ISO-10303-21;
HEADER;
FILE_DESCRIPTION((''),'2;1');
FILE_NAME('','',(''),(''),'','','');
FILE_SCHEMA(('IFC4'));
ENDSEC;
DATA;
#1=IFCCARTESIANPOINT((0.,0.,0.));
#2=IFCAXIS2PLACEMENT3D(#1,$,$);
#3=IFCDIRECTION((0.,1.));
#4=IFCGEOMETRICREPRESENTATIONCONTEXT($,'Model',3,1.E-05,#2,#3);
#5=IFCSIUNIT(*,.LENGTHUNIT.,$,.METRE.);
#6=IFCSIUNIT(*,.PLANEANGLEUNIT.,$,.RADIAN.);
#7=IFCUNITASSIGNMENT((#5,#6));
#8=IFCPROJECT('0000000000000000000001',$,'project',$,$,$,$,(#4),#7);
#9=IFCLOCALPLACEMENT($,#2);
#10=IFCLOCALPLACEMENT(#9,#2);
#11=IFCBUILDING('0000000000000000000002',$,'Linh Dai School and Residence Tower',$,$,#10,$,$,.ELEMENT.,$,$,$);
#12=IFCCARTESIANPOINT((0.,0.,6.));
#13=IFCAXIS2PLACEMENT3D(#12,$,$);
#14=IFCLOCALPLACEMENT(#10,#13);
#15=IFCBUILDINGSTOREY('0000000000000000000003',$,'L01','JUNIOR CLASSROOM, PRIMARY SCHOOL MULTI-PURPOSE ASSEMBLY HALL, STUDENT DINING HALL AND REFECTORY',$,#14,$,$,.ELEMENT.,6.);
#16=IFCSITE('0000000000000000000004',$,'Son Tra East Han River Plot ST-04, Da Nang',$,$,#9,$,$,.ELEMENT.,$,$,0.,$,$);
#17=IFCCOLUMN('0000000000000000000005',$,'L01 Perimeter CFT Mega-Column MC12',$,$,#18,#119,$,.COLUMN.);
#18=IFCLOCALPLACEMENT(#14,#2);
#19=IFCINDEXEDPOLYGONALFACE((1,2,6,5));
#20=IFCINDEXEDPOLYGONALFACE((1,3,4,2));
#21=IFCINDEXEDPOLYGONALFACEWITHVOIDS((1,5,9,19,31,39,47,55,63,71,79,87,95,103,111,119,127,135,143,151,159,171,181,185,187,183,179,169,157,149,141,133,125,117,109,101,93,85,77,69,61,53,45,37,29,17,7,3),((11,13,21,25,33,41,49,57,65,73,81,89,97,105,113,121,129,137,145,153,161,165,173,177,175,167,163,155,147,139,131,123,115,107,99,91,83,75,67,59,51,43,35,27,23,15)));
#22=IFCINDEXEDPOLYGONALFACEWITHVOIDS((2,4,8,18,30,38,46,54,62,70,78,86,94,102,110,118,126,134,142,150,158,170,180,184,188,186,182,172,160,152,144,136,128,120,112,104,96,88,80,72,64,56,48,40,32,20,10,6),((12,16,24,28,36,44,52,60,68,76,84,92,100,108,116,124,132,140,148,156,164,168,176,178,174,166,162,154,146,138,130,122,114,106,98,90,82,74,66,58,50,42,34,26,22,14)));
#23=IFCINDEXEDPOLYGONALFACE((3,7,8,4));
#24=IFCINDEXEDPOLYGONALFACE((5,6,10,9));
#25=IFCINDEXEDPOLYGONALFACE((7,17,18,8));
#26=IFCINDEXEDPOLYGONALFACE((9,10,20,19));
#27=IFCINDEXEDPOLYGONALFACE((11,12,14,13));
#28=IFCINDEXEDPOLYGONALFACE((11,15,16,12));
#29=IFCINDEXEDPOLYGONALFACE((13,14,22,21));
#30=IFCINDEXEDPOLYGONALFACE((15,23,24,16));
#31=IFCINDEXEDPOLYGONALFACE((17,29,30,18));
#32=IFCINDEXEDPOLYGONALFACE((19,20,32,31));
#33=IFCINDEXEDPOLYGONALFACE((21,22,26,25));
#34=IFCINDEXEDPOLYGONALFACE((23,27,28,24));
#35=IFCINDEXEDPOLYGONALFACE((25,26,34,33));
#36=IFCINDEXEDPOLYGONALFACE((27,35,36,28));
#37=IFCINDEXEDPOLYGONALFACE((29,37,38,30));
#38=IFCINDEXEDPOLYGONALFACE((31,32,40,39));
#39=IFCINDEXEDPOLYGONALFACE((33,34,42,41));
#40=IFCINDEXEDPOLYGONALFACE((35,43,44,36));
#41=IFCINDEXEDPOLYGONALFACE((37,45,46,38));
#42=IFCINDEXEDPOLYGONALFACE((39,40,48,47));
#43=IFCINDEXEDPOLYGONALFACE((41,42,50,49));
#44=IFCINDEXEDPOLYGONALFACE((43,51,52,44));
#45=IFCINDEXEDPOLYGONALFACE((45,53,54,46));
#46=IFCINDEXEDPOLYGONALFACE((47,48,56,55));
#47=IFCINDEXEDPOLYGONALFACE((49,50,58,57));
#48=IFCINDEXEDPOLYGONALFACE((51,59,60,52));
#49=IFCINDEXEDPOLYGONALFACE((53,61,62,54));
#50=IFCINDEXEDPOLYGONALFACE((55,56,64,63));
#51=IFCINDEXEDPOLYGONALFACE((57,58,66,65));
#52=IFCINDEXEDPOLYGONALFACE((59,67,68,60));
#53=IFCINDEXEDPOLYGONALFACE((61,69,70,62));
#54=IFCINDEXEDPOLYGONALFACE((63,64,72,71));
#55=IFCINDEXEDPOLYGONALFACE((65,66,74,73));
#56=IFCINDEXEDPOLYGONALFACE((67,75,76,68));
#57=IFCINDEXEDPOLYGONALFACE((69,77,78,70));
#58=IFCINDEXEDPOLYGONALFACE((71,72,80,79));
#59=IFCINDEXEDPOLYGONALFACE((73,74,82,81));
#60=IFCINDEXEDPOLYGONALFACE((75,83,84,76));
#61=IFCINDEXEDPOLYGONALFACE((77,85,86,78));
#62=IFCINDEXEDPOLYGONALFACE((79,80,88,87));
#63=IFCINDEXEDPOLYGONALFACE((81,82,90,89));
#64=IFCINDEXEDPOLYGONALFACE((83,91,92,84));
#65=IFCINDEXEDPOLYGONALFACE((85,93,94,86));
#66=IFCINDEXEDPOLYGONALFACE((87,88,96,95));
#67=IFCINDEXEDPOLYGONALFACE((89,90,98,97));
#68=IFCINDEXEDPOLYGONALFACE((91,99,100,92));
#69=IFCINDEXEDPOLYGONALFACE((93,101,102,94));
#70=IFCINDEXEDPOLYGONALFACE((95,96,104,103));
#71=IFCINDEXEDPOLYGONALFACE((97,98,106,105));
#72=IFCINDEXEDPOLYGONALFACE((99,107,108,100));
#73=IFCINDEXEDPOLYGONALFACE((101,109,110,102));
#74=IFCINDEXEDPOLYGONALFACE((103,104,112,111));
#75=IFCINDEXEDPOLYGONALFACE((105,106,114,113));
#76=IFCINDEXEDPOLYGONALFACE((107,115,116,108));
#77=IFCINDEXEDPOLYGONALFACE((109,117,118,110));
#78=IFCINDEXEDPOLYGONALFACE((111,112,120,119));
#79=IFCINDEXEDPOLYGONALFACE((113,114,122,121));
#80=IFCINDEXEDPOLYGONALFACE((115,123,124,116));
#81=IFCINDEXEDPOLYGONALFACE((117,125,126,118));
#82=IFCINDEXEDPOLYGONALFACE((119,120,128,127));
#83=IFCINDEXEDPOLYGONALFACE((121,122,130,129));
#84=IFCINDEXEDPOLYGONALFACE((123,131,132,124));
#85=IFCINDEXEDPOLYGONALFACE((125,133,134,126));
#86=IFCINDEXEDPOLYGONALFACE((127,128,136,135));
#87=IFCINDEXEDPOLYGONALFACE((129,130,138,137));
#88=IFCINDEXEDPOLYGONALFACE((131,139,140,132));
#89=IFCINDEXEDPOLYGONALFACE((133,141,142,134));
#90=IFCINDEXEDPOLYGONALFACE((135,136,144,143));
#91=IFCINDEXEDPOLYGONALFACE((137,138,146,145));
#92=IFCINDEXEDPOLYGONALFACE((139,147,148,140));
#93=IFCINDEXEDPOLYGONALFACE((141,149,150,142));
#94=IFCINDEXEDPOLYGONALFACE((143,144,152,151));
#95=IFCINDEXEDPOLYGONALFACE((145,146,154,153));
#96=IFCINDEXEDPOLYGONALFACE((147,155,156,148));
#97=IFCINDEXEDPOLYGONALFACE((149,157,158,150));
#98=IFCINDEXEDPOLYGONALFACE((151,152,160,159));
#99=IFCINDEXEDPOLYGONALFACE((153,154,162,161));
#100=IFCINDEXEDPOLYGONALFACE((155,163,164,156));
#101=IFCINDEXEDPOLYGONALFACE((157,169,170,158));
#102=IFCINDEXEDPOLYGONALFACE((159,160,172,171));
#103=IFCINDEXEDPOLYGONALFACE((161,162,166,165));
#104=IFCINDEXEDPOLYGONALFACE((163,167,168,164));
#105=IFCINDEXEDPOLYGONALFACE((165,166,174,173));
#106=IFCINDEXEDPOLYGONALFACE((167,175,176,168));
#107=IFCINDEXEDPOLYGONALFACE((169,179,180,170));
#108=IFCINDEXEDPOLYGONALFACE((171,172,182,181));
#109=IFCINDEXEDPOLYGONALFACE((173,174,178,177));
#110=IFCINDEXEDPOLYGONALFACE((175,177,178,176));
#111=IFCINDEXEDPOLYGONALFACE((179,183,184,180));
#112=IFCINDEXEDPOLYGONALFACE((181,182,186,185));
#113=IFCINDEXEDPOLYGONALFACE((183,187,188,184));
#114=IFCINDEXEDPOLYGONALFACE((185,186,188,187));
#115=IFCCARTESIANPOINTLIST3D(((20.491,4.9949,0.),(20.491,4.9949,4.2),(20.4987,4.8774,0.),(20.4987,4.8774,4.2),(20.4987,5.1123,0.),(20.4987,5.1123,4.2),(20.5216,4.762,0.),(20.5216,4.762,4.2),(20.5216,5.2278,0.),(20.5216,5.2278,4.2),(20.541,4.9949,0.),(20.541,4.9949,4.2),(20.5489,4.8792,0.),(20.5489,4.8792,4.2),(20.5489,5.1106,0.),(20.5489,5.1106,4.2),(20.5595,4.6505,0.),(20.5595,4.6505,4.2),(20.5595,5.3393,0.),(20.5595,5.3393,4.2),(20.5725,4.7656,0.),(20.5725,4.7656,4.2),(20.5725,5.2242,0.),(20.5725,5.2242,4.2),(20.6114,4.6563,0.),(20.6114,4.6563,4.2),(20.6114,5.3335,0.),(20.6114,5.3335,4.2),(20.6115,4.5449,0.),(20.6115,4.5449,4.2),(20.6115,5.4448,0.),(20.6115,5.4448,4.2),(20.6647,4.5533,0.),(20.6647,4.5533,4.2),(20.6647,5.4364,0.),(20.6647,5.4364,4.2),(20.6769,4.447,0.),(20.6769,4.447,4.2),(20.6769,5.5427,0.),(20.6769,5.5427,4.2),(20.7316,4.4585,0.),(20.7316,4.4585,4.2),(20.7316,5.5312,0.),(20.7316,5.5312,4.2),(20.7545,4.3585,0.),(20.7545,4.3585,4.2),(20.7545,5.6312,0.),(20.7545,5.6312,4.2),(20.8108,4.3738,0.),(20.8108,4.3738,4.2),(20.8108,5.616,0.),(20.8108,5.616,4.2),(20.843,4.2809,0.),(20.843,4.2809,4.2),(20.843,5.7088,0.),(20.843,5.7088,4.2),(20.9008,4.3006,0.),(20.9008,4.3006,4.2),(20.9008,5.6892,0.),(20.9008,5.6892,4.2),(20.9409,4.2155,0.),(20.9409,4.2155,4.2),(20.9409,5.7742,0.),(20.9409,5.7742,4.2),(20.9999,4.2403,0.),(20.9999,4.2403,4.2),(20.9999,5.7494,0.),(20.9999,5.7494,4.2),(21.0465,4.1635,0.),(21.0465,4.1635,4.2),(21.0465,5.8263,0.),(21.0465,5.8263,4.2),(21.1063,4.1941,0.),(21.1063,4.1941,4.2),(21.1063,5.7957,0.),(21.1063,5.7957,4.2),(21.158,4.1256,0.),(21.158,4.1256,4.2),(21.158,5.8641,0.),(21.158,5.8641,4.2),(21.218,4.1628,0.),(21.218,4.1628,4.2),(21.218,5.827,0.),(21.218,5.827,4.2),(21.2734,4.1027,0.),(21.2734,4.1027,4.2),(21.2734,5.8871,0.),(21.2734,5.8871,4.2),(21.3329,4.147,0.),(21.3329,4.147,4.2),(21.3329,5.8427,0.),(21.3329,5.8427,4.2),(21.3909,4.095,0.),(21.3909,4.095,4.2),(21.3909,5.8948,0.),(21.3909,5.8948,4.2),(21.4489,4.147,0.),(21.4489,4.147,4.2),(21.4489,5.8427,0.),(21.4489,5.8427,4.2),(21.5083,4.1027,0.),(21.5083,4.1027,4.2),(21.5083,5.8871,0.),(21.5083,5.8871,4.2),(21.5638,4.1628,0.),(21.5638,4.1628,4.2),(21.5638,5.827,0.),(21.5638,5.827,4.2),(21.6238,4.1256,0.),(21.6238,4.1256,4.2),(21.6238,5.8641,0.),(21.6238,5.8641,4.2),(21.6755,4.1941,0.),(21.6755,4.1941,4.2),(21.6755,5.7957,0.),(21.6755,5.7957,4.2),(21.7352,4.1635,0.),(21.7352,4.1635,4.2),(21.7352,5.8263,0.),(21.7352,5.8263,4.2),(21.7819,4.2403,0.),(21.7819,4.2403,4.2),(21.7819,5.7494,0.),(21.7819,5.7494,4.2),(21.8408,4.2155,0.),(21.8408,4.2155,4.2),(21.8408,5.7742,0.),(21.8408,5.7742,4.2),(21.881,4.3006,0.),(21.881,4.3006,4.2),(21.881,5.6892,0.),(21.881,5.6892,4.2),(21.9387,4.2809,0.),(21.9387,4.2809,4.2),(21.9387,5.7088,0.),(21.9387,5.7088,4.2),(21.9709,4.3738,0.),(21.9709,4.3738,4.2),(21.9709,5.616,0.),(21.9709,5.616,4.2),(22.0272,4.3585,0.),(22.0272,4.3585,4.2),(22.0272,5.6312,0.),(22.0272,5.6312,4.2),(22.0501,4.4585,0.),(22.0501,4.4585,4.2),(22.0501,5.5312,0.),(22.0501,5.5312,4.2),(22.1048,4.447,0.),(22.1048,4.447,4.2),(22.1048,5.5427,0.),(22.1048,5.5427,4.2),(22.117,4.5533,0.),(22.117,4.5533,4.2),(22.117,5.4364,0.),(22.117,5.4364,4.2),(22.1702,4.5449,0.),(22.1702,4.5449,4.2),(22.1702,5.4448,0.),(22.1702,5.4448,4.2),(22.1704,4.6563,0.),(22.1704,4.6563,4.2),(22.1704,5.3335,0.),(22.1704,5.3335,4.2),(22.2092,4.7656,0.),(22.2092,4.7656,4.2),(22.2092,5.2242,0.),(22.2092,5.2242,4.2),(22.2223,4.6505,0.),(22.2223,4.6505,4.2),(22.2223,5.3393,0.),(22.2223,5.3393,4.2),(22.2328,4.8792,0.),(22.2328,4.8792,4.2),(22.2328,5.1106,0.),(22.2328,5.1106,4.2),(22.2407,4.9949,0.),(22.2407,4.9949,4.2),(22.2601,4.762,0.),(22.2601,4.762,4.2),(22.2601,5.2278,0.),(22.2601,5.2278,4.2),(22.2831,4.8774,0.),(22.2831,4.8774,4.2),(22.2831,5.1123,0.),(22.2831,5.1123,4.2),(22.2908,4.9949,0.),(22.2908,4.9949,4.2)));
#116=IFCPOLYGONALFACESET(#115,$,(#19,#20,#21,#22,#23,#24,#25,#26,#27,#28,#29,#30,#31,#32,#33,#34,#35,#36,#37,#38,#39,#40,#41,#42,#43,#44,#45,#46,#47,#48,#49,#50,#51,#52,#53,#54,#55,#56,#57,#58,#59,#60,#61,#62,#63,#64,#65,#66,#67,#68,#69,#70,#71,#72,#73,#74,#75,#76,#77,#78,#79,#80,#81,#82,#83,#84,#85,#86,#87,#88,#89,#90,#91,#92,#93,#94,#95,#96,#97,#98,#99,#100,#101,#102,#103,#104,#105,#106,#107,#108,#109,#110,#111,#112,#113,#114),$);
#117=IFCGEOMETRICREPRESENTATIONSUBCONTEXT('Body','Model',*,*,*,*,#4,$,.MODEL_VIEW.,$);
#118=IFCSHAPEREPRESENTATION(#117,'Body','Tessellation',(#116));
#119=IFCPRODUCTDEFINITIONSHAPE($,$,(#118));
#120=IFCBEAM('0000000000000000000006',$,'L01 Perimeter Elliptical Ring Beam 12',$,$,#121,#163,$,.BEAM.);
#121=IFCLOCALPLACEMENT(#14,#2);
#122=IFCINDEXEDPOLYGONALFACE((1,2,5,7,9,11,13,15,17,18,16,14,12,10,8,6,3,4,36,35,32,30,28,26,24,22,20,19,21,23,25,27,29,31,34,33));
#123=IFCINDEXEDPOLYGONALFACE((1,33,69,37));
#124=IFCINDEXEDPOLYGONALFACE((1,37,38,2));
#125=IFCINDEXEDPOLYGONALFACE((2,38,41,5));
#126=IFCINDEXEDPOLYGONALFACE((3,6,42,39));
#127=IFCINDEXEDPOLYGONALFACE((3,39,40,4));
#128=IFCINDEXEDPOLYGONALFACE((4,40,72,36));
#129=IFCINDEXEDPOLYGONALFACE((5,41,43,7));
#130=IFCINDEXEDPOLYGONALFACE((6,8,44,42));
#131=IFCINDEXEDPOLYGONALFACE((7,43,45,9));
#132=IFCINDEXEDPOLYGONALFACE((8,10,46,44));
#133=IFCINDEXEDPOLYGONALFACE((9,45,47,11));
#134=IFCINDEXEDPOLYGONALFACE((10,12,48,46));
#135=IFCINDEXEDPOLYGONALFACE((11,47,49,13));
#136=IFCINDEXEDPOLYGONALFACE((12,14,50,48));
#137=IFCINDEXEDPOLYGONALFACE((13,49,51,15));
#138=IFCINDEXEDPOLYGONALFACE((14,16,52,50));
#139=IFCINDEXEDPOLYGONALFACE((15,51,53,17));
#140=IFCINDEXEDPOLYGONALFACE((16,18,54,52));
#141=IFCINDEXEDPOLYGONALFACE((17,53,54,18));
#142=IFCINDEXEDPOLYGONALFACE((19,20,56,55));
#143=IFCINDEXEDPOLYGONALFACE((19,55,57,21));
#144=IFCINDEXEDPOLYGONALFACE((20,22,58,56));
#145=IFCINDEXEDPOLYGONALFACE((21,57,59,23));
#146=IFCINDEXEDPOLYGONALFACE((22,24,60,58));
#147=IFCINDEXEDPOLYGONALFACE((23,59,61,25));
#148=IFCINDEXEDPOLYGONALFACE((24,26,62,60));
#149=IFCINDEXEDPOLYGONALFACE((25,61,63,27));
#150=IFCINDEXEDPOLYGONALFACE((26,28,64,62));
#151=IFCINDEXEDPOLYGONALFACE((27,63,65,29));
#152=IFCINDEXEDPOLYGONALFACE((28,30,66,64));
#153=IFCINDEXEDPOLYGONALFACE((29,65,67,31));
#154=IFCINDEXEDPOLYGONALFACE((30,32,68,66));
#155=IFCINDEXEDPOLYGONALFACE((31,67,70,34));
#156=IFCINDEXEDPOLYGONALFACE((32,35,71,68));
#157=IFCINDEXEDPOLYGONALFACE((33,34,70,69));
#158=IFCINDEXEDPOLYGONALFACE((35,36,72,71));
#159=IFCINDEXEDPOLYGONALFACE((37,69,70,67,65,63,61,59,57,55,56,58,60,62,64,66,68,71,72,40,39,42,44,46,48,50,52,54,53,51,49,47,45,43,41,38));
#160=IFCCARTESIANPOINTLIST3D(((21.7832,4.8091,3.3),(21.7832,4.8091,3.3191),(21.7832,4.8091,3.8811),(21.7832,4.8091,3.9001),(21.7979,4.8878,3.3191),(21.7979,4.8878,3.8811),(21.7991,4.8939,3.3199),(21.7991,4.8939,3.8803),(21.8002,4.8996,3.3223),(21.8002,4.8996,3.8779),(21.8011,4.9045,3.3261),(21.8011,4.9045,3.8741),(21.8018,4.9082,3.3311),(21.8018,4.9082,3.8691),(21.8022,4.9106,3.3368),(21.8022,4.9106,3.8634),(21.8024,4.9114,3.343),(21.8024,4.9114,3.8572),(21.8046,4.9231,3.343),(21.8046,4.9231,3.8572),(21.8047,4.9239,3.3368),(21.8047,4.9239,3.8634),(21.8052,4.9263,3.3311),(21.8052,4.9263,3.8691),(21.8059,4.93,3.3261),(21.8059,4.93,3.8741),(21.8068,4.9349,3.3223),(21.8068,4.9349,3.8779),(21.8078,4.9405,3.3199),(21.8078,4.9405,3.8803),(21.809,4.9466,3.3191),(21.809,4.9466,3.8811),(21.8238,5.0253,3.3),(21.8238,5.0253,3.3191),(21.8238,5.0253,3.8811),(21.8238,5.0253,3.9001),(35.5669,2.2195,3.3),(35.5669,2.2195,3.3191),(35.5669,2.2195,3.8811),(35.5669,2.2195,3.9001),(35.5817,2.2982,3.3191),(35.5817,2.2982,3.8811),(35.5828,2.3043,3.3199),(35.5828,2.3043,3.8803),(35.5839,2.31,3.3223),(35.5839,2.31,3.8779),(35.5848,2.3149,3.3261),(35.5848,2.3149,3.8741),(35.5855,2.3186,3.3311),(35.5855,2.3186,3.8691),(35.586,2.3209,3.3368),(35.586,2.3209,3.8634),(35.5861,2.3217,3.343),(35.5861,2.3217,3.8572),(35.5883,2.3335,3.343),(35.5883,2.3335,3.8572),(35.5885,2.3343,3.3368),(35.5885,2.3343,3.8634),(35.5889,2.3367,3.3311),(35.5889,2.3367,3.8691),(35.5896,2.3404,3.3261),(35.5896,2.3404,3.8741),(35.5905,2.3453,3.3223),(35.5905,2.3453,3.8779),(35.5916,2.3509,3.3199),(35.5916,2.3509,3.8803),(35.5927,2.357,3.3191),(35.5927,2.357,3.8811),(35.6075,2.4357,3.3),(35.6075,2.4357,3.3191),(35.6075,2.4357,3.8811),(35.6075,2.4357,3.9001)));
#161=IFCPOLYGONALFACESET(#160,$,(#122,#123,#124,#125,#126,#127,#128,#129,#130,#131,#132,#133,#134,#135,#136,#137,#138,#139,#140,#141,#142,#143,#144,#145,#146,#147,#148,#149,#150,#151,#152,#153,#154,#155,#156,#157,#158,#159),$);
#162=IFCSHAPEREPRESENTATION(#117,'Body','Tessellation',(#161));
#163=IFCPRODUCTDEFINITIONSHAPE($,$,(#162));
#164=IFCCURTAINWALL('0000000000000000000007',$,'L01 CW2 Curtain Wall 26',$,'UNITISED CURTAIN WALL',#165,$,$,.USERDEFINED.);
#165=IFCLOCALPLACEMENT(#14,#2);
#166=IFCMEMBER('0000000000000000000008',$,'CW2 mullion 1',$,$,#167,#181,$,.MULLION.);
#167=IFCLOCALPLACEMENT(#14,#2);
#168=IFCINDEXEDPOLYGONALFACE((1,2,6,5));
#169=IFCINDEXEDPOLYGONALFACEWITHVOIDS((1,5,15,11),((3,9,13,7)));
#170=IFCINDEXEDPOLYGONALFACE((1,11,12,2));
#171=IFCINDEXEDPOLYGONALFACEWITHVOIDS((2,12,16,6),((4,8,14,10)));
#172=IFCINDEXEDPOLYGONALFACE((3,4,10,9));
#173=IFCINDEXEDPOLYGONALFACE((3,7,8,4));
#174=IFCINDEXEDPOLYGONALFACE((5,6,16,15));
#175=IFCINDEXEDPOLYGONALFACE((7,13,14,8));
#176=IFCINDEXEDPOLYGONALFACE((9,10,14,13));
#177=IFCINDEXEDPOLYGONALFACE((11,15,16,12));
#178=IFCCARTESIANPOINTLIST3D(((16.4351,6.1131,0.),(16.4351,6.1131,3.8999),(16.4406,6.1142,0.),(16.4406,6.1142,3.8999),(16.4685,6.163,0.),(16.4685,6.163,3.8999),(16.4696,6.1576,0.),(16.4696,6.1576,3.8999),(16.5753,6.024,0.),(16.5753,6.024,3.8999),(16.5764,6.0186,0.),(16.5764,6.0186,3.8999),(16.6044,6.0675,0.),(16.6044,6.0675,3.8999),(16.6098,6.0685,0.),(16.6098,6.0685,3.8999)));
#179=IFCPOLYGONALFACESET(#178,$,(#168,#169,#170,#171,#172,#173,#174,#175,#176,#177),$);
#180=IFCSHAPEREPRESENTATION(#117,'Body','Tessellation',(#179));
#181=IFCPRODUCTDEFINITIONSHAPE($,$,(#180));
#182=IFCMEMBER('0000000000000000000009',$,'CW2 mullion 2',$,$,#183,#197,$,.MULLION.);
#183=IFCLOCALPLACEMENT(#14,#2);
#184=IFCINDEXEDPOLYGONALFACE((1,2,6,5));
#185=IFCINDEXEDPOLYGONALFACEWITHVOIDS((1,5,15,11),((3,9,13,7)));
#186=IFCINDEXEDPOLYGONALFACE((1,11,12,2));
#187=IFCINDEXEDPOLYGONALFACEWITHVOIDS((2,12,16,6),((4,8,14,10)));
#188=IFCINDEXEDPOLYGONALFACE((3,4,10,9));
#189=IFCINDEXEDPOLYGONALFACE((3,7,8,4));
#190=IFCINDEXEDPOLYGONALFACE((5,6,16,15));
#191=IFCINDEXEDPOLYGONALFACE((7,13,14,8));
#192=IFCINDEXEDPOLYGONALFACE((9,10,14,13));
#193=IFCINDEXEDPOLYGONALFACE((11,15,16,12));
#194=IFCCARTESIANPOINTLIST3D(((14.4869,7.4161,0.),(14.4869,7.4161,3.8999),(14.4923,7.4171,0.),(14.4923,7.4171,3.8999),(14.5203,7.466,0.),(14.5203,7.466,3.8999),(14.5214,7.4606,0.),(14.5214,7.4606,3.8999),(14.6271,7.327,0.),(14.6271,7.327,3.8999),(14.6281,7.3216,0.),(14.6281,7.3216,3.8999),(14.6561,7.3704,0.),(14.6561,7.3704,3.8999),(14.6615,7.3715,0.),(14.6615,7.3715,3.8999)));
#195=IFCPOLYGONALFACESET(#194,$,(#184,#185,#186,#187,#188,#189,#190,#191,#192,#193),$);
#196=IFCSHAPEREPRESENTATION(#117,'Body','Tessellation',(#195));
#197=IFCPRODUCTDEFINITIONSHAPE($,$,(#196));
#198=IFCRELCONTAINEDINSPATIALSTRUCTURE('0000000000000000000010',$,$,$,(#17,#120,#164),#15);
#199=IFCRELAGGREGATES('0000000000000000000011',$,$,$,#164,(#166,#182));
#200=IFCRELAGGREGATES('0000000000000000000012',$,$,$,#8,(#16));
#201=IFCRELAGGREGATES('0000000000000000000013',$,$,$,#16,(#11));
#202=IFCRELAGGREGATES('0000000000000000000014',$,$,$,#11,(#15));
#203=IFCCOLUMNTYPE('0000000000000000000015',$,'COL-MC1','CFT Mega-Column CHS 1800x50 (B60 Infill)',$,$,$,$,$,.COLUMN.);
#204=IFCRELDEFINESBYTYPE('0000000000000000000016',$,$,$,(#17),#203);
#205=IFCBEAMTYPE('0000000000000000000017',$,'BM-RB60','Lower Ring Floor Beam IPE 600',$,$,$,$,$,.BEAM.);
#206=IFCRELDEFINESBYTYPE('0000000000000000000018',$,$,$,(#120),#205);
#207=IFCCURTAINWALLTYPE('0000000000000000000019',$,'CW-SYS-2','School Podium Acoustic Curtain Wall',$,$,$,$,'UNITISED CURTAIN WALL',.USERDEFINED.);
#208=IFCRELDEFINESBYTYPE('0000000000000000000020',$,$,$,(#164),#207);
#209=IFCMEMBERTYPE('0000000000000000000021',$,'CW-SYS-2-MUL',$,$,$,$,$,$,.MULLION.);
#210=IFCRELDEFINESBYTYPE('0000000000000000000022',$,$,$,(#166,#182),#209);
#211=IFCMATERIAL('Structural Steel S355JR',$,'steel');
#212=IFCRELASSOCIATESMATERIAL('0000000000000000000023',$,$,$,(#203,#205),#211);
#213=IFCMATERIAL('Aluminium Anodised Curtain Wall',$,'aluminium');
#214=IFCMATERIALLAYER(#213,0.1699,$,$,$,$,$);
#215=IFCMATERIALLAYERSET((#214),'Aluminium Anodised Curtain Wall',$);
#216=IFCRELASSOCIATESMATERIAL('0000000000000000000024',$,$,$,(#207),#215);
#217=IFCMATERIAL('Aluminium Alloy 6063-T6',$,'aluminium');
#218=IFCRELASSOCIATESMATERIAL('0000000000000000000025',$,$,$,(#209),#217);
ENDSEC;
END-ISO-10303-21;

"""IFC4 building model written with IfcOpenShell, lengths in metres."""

from ifc_helpers import new_model, si_unit, direction, frame, origin, origin_2d, place, context, subcontext, project, spatial, hollow_rectangle, hollow_circle, i_section, extrude, source, transform, mapped, material, layer, layer_set, material_profile, profile_set, type_object, element, aggregate, save


model = new_model("IFC4")

# Units and contexts
model_context = context("Model", 3, precision=1e-05, world=origin(), true_north=direction((0.0, 1.0)))
body_context = subcontext(model_context, "Body", "Model", "MODEL_VIEW")
ifc_project = project(units=[si_unit("LENGTHUNIT", "METRE"), si_unit("PLANEANGLEUNIT", "RADIAN")], contexts=[model_context])

# Site, building, storey
site_placement = place(None, origin())
site = spatial("IfcSite", under=ifc_project, at=site_placement, Name="Son Tra East Han River Plot ST-04, Da Nang", CompositionType="ELEMENT", RefElevation=0.0)
building_placement = place(site_placement, origin())
building = spatial("IfcBuilding", under=site, at=building_placement, Name="Linh Dai School and Residence Tower", CompositionType="ELEMENT")
storey_placement = place(building_placement, frame((0.0, 0.0, 6.0)))
storey = spatial("IfcBuildingStorey", under=building, at=storey_placement, Name="L01", Description="JUNIOR CLASSROOM, PRIMARY SCHOOL MULTI-PURPOSE ASSEMBLY HALL, STUDENT DINING HALL AND REFECTORY", CompositionType="ELEMENT", Elevation=6.0)

# Column
ifc_material_1 = material(Name="Structural Steel S355JR", Category="steel")
ifc_material_profile_1 = material_profile(ifc_material_1, hollow_circle(Radius=0.8999, WallThickness=0.05, at=origin_2d()), Name="CHS 1800x50")
ifc_profile_set_1 = profile_set([ifc_material_profile_1], Name="Structural Steel S355JR")
column_type = type_object("IfcColumnType", Name="COL-MC1", Description="CFT Mega-Column CHS 1800x50 (B60 Infill)", PredefinedType="COLUMN", material=ifc_profile_set_1)
column_placement = place(storey_placement, frame((21.3909, 4.9949, 0.0), z_axis=(0.0, 0.0, 1.0), x_axis=(1.0, 0.0, 0.0)))
element("IfcColumn", 1, at=column_placement, inside=storey, type_object=column_type, Name="L01 Perimeter CFT Mega-Column MC12", PredefinedType="COLUMN", context=body_context, shape_type="SweptSolid", body=[
    extrude(hollow_circle(Radius=0.8999, WallThickness=0.05, at=origin_2d()), origin(), (0.0, 0.0, 1.0), 4.2),
])

# Beam
ifc_material_profile_2 = material_profile(ifc_material_1, i_section(OverallWidth=0.22, OverallDepth=0.6001, WebThickness=0.012, FlangeThickness=0.019, FilletRadius=0.0239, at=origin_2d()), Name="IPE 600")
ifc_profile_set_2 = profile_set([ifc_material_profile_2], Name="Structural Steel S355JR")
beam_type = type_object("IfcBeamType", Name="BM-RB60", Description="Lower Ring Floor Beam IPE 600", PredefinedType="BEAM", material=ifc_profile_set_2)
beam_placement = place(storey_placement, frame((21.8035, 4.9172, 3.6001), z_axis=(0.982806, -0.184644, 0.0), x_axis=(0.184644, 0.982806, 0.0)))
element("IfcBeam", 2, at=beam_placement, inside=storey, type_object=beam_type, Name="L01 Perimeter Elliptical Ring Beam 12", PredefinedType="BEAM", context=body_context, shape_type="SweptSolid", body=[
    extrude(i_section(OverallWidth=0.22, OverallDepth=0.6001, WebThickness=0.012, FlangeThickness=0.019, FilletRadius=0.0239, at=origin_2d()), origin(), (0.0, 0.0, 1.0), 14.0249),
])

# Curtain wall, members
ifc_material_2 = material(Name="Aluminium Anodised Curtain Wall", Category="aluminium")
ifc_layer_1 = layer(ifc_material_2, 0.1699)
ifc_layer_set_1 = layer_set([ifc_layer_1], Name="Aluminium Anodised Curtain Wall")
curtain_wall_type = type_object("IfcCurtainWallType", Name="CW-SYS-2", Description="School Podium Acoustic Curtain Wall", ElementType="UNITISED CURTAIN WALL", PredefinedType="USERDEFINED", material=ifc_layer_set_1)
curtain_wall_placement = place(storey_placement, origin())
curtain_wall = element("IfcCurtainWall", 3, at=curtain_wall_placement, inside=storey, type_object=curtain_wall_type, Name="L01 CW2 Curtain Wall 26", ObjectType="UNITISED CURTAIN WALL", PredefinedType="USERDEFINED")
ifc_material_3 = material(Name="Aluminium Alloy 6063-T6", Category="aluminium")
ifc_material_profile_3 = material_profile(ifc_material_3, hollow_rectangle(XDim=0.0601, YDim=0.1699, WallThickness=0.0039, at=origin_2d()), Name="RHS 170x60x4")
ifc_profile_set_3 = profile_set([ifc_material_profile_3], Name="Aluminium Alloy 6063-T6")
member_type_1 = type_object("IfcMemberType", Name="CW-SYS-2-MUL", PredefinedType="MULLION", material=ifc_profile_set_3)
shared_shape_1 = source(origin(), body_context, "Body", "SweptSolid", [
    extrude(hollow_rectangle(XDim=0.0601, YDim=0.1699, WallThickness=0.0039, at=origin_2d()), origin(), (0.0, 0.0, 1.0), 3.8999),
])
member_1_placement = place(storey_placement, frame((16.5225, 6.0908, 0.0), z_axis=(0.0, 0.0, 1.0), x_axis=(-0.555957, -0.831211, 0.0)))
member_1 = element("IfcMember", 4, at=member_1_placement, type_object=member_type_1, Name="CW2 mullion 1", PredefinedType="MULLION", context=body_context, shape_type="MappedRepresentation", body=[
    mapped(shared_shape_1, transform((0.0, 0.0, 0.0), x_axis=(1.0, 0.0, 0.0), y_axis=(0.0, 1.0, 0.0), z_axis=(0.0, 0.0, 1.0), scale=1.0)),
])
member_2_placement = place(storey_placement, frame((14.5742, 7.3938, 0.0), z_axis=(0.0, 0.0, 1.0), x_axis=(-0.555957, -0.831211, 0.0)))
member_2 = element("IfcMember", 5, at=member_2_placement, type_object=member_type_1, Name="CW2 mullion 2", PredefinedType="MULLION", context=body_context, shape_type="MappedRepresentation", body=[
    mapped(shared_shape_1, transform((0.0, 0.0, 0.0), x_axis=(1.0, 0.0, 0.0), y_axis=(0.0, 1.0, 0.0), z_axis=(0.0, 0.0, 1.0), scale=1.0)),
])

aggregate(curtain_wall, [member_1, member_2])

save(model, "model.ifc")
